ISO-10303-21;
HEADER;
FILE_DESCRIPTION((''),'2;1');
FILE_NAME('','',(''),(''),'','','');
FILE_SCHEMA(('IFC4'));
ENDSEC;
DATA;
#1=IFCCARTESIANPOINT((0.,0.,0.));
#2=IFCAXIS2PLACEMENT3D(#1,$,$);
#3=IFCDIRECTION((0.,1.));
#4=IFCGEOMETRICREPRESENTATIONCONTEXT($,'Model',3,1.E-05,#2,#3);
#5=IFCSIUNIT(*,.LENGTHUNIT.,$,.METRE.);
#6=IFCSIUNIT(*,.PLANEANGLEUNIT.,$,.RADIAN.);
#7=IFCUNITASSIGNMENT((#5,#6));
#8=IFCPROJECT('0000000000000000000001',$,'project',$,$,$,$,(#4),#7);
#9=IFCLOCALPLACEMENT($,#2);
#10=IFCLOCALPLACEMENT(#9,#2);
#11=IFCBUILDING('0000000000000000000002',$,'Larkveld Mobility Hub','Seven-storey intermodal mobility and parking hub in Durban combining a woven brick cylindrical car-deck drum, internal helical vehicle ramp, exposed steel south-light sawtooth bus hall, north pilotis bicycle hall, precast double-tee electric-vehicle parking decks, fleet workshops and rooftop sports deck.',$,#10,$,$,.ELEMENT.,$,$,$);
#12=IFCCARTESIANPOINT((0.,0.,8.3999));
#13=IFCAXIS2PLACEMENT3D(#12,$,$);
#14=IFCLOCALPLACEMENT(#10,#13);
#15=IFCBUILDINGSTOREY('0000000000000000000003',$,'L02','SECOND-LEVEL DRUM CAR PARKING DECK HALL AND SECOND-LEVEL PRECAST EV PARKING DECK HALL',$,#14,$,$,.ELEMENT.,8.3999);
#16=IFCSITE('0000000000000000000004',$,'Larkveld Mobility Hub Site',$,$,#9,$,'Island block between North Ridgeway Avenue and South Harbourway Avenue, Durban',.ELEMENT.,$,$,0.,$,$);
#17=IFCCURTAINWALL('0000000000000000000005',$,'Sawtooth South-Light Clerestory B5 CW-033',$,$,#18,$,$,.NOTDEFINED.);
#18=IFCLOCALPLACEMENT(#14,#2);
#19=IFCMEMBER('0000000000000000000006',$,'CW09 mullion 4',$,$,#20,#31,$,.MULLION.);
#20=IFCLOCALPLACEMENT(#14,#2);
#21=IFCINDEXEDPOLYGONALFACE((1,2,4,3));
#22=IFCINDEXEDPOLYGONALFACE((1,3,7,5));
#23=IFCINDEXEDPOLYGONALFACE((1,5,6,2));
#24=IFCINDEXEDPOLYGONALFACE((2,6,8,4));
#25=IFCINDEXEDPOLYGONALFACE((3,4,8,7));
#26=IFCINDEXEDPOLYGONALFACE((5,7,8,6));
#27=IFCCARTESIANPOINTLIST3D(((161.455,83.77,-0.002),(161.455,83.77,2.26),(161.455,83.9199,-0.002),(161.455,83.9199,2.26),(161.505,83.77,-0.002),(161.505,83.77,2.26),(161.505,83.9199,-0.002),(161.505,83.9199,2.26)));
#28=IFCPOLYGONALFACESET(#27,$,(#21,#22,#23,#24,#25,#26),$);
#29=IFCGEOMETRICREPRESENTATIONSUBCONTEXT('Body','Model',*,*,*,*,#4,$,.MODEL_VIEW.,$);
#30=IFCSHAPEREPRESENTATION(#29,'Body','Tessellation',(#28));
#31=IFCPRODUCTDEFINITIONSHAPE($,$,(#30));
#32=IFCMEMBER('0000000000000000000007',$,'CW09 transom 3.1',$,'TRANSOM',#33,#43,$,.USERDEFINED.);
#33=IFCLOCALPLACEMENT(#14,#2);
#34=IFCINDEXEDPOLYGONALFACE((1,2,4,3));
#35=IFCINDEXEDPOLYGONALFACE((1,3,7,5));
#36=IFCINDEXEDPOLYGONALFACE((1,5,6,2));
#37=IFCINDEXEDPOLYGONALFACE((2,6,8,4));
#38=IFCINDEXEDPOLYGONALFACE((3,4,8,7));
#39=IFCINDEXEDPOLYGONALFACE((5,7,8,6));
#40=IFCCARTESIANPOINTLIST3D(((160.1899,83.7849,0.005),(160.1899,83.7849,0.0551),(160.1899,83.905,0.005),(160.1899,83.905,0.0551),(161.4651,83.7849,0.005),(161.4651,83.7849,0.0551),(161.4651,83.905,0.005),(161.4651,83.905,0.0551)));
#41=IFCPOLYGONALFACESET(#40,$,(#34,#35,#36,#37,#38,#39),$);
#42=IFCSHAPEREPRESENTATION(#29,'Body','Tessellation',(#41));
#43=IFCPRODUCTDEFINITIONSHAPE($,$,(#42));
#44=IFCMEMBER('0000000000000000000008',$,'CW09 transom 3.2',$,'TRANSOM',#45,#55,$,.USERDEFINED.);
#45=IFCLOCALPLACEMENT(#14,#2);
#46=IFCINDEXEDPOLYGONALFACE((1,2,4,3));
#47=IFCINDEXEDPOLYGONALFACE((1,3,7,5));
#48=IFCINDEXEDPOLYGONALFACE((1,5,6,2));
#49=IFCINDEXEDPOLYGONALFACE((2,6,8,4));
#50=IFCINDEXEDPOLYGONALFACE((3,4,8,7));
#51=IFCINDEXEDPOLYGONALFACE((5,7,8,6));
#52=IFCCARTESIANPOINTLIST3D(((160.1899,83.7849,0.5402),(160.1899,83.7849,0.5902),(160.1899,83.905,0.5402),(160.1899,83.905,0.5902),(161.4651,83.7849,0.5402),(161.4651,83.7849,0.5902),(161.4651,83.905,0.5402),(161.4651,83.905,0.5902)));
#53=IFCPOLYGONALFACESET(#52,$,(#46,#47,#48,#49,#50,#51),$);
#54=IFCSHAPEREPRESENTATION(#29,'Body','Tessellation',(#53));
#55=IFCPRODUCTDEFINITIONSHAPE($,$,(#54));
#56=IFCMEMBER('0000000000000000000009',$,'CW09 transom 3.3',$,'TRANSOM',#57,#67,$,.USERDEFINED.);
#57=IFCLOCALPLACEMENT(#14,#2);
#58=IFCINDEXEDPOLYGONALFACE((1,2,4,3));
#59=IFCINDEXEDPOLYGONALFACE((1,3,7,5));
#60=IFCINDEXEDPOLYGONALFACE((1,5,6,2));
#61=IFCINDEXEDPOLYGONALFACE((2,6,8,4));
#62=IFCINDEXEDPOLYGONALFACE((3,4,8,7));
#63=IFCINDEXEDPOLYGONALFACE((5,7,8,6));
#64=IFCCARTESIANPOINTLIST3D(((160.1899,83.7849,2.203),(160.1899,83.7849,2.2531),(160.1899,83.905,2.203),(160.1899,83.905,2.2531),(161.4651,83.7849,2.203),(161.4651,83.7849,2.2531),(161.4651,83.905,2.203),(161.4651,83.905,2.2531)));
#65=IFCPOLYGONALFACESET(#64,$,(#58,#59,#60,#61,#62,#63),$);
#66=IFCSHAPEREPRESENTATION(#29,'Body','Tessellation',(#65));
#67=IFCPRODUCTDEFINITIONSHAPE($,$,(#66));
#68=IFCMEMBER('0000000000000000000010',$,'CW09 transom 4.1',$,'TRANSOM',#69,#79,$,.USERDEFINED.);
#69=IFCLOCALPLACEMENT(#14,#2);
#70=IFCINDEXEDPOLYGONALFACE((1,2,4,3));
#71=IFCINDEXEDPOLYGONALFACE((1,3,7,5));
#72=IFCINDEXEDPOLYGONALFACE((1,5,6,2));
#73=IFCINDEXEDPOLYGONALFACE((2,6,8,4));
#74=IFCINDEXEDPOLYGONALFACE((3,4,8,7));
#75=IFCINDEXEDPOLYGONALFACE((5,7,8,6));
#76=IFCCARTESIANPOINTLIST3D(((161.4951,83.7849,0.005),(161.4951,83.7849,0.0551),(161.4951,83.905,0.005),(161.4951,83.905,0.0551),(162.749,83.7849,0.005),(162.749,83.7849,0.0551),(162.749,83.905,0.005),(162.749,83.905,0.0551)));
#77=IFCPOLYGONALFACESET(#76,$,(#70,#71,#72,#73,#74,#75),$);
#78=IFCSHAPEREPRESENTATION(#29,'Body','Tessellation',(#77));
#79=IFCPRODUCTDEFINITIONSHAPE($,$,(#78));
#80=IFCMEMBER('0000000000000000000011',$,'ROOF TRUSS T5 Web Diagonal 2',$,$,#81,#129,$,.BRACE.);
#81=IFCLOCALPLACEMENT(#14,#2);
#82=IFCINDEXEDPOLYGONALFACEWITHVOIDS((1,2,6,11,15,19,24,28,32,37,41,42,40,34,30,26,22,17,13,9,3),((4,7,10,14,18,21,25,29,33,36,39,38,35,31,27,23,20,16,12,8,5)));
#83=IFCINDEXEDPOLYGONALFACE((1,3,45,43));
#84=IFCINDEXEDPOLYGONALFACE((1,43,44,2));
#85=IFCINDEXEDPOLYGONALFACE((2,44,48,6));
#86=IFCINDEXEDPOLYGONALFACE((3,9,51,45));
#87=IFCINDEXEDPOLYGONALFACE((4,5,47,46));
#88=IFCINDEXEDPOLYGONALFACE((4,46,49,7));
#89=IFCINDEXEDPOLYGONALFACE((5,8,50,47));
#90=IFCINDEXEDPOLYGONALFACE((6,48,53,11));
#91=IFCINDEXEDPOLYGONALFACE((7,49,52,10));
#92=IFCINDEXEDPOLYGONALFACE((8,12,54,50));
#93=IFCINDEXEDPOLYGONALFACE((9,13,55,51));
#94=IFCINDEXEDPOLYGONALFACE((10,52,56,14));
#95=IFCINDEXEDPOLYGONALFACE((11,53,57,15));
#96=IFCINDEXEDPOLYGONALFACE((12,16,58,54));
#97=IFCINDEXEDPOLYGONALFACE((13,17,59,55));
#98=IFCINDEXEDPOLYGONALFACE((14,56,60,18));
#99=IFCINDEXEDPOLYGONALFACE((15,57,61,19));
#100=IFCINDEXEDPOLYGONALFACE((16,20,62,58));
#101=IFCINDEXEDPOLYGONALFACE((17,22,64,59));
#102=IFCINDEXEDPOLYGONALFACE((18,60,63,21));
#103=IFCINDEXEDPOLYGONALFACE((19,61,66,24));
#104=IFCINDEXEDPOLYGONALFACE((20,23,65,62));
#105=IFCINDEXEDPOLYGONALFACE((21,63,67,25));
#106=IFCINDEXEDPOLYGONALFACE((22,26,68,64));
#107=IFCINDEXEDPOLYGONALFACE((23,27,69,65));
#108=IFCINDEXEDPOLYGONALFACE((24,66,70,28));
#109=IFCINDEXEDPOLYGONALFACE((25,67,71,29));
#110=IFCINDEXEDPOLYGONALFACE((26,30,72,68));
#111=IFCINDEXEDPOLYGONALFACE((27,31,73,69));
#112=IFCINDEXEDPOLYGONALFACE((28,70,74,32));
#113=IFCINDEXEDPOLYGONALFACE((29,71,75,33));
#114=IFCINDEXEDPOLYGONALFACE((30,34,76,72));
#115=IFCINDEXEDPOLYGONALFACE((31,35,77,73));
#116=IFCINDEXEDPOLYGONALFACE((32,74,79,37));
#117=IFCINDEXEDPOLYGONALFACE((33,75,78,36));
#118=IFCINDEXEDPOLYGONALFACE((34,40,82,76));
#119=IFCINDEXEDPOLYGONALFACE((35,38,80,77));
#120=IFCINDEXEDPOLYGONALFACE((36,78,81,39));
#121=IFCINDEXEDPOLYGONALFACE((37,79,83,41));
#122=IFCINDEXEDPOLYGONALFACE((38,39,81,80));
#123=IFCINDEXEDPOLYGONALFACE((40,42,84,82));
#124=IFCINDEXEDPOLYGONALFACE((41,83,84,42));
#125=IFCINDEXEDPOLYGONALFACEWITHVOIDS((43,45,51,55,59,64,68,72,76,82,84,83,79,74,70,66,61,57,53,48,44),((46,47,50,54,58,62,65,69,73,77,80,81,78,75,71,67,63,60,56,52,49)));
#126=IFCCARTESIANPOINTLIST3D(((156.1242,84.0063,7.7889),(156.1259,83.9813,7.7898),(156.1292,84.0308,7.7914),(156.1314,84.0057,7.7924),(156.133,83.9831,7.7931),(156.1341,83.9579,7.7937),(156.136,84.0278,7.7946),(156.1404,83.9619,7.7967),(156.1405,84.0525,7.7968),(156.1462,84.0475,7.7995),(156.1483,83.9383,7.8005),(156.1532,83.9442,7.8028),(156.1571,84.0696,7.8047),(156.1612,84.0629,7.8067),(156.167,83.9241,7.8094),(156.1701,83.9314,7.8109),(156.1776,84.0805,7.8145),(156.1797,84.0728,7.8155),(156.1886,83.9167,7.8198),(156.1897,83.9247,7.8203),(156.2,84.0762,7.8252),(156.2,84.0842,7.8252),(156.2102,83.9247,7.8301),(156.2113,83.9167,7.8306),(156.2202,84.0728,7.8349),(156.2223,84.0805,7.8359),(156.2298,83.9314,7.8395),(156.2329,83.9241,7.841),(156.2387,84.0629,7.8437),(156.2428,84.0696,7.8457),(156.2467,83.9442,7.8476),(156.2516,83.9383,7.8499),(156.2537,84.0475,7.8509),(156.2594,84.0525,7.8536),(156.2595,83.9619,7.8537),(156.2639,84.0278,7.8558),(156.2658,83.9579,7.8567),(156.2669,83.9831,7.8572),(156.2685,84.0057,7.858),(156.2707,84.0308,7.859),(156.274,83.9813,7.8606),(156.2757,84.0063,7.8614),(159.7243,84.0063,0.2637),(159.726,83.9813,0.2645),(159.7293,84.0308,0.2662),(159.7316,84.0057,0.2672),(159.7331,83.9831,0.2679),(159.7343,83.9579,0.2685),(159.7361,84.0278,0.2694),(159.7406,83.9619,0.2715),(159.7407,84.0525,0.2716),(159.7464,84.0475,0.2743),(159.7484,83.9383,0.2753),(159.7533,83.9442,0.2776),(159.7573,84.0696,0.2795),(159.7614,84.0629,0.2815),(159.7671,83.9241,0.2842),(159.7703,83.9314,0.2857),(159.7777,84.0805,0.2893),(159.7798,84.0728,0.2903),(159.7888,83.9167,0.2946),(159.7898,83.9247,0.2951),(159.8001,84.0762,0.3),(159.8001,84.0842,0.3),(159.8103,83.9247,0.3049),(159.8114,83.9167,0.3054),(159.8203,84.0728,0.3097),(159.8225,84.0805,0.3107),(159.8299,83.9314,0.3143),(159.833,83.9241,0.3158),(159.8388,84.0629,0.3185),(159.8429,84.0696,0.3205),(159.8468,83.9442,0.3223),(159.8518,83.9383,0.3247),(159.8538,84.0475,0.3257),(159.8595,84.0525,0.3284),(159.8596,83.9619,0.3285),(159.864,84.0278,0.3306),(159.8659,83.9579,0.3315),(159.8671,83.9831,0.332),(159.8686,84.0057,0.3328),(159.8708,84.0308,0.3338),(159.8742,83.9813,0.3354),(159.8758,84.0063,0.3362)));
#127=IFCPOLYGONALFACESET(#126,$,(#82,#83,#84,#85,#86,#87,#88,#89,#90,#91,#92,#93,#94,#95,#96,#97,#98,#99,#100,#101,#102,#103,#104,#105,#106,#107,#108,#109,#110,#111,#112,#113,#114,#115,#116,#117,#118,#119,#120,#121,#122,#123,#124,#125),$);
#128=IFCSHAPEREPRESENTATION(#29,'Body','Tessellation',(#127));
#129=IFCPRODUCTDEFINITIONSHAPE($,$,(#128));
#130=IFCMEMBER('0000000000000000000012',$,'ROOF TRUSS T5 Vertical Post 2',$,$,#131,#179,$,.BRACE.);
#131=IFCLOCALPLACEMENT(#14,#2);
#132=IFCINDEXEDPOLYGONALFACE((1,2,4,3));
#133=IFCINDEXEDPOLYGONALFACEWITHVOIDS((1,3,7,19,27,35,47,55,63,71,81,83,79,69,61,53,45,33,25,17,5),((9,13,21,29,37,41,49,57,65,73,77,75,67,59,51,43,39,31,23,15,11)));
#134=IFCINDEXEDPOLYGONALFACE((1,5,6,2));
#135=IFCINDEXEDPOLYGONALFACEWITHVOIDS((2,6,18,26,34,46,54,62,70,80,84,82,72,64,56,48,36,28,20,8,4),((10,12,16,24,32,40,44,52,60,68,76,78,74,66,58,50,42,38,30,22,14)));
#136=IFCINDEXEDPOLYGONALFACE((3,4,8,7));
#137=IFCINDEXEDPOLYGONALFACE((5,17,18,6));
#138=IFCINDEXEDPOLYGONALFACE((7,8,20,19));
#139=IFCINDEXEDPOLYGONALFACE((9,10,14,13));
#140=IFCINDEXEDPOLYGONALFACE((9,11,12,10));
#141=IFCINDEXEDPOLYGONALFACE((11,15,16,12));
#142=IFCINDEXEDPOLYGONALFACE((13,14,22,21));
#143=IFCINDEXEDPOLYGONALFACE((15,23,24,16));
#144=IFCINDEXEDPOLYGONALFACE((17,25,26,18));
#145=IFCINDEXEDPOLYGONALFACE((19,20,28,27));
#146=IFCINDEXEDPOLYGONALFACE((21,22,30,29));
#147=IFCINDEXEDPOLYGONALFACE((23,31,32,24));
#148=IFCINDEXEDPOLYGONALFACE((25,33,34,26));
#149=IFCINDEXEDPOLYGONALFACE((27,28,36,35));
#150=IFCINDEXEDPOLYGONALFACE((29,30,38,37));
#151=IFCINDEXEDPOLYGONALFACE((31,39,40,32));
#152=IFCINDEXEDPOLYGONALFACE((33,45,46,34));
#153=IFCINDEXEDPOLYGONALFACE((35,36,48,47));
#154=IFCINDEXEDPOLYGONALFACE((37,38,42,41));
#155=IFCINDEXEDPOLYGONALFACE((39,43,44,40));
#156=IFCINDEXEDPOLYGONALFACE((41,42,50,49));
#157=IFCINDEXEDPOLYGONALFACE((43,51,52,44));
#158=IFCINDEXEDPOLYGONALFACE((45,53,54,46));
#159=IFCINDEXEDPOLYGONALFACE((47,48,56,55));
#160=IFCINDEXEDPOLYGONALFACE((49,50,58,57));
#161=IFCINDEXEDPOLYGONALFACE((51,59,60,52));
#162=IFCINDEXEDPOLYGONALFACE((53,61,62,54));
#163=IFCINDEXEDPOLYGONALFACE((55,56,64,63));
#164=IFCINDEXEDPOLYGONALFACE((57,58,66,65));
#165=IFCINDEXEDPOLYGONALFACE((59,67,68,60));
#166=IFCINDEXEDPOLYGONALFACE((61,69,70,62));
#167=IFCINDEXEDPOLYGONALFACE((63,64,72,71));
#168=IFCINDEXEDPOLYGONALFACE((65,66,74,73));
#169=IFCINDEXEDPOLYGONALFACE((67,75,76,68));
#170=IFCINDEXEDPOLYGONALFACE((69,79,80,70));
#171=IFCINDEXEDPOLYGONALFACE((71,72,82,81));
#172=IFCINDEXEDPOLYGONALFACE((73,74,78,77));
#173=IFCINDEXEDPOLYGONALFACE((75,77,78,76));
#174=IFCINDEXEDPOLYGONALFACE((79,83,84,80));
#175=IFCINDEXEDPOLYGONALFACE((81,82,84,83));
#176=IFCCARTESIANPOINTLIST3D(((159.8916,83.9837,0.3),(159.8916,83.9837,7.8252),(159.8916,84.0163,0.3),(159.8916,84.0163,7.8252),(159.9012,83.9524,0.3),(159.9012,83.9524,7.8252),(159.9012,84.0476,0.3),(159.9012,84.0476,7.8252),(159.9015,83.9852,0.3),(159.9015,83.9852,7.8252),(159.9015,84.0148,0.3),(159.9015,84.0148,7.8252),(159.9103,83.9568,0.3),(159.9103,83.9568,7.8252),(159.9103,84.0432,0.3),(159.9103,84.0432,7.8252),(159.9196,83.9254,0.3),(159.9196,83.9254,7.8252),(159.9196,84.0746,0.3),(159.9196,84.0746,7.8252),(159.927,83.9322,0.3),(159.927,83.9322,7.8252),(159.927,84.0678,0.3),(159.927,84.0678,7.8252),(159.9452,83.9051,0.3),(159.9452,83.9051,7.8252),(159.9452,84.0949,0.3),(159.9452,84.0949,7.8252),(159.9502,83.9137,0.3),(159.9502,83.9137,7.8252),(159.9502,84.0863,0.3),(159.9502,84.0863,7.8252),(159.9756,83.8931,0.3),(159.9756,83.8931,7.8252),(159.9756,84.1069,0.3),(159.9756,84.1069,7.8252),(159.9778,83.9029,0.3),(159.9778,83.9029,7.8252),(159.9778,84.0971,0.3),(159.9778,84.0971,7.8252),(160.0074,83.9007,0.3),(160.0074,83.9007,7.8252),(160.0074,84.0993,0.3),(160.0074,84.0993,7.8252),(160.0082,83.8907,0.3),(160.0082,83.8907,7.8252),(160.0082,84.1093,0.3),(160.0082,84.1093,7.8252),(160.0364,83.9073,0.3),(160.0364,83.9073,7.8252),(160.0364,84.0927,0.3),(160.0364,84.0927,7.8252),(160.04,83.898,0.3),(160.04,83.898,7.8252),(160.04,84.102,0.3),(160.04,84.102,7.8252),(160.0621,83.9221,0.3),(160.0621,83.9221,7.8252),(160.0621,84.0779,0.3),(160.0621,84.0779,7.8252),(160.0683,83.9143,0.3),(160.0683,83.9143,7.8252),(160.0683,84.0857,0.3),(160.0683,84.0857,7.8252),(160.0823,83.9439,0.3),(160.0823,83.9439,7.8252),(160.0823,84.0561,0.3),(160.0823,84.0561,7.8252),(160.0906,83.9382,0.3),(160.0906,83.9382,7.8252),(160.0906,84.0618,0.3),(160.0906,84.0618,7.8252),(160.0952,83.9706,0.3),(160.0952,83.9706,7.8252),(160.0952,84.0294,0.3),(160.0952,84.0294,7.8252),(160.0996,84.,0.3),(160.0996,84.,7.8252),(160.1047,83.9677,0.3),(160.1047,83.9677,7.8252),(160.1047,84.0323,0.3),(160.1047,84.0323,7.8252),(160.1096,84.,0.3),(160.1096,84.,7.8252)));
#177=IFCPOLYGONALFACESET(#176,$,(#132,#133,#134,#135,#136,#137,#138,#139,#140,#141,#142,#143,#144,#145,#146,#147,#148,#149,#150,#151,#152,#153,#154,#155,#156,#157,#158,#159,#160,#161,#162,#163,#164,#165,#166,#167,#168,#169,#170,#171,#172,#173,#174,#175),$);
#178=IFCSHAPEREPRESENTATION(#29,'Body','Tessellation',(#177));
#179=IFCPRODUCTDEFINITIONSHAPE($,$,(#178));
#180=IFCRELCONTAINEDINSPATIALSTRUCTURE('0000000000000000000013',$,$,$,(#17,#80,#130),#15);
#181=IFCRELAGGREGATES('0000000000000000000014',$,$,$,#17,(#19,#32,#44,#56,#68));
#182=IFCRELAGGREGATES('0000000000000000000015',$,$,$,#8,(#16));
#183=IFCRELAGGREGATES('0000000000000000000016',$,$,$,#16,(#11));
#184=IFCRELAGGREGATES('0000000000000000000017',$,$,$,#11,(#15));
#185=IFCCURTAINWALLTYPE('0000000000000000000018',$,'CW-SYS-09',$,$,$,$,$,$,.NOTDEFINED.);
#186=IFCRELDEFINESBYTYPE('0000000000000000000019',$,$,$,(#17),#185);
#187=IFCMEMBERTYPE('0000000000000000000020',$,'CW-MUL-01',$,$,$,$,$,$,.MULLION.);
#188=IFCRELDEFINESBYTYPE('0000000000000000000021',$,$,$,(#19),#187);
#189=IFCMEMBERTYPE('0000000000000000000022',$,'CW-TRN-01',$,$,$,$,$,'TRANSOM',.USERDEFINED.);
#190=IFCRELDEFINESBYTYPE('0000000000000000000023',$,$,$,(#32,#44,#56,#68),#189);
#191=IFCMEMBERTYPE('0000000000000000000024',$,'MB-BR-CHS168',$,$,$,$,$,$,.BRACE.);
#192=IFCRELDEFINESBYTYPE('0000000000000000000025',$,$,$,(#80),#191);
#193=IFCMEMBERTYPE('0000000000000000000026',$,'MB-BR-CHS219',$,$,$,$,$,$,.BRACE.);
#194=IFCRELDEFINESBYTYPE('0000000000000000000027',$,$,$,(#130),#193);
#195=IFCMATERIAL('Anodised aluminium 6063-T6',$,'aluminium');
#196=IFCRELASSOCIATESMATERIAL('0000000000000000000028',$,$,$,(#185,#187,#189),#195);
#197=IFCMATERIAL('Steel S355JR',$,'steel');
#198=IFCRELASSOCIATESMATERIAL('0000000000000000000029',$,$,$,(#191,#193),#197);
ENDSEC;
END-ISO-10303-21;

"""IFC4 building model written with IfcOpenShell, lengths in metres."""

from ifc_helpers import new_model, si_unit, direction, frame, origin, origin_2d, place, context, subcontext, project, spatial, rectangle, hollow_circle, extrude, material, material_profile, profile_set, type_object, element, aggregate, save


model = new_model("IFC4")

# Units and contexts
model_context = context("Model", 3, precision=1e-05, world=origin(), true_north=direction((0.0, 1.0)))
body_context = subcontext(model_context, "Body", "Model", "MODEL_VIEW")
ifc_project = project(units=[si_unit("LENGTHUNIT", "METRE"), si_unit("PLANEANGLEUNIT", "RADIAN")], contexts=[model_context])

# Site, building, storey
site_placement = place(None, origin())
site = spatial("IfcSite", under=ifc_project, at=site_placement, Name="Larkveld Mobility Hub Site", LongName="Island block between North Ridgeway Avenue and South Harbourway Avenue, Durban", CompositionType="ELEMENT", RefElevation=0.0)
building_placement = place(site_placement, origin())
building = spatial("IfcBuilding", under=site, at=building_placement, Name="Larkveld Mobility Hub", Description="Seven-storey intermodal mobility and parking hub in Durban combining a woven brick cylindrical car-deck drum, internal helical vehicle ramp, exposed steel south-light sawtooth bus hall, north pilotis bicycle hall, precast double-tee electric-vehicle parking decks, fleet workshops and rooftop sports deck.", CompositionType="ELEMENT")
storey_placement = place(building_placement, frame((0.0, 0.0, 8.3999)))
storey = spatial("IfcBuildingStorey", under=building, at=storey_placement, Name="L02", Description="SECOND-LEVEL DRUM CAR PARKING DECK HALL AND SECOND-LEVEL PRECAST EV PARKING DECK HALL", CompositionType="ELEMENT", Elevation=8.3999)

# Curtain wall, members
ifc_material_1 = material(Name="Anodised aluminium 6063-T6", Category="aluminium")
curtain_wall_type = type_object("IfcCurtainWallType", Name="CW-SYS-09", PredefinedType="NOTDEFINED", material=ifc_material_1)
curtain_wall_placement = place(storey_placement, origin())
curtain_wall = element("IfcCurtainWall", 1, at=curtain_wall_placement, inside=storey, type_object=curtain_wall_type, Name="Sawtooth South-Light Clerestory B5 CW-033", PredefinedType="NOTDEFINED")
ifc_material_profile_1 = material_profile(ifc_material_1, rectangle(XDim=0.05, YDim=0.1499, at=origin_2d()), Name="ALU MULL 50x150")
ifc_profile_set_1 = profile_set([ifc_material_profile_1], Name="Anodised aluminium 6063-T6")
member_type_1 = type_object("IfcMemberType", Name="CW-MUL-01", PredefinedType="MULLION", material=ifc_profile_set_1)
member_1_placement = place(storey_placement, frame((161.48, 83.845, -0.002), z_axis=(0.0, 0.0, 1.0), x_axis=(1.0, 0.0, 0.0)))
member_1 = element("IfcMember", 2, at=member_1_placement, type_object=member_type_1, Name="CW09 mullion 4", PredefinedType="MULLION", context=body_context, shape_type="SweptSolid", body=[
    extrude(rectangle(XDim=0.05, YDim=0.1499, at=origin_2d()), origin(), (0.0, 0.0, 1.0), 2.262),
])
ifc_material_profile_2 = material_profile(ifc_material_1, rectangle(XDim=0.1201, YDim=0.05, at=origin_2d()), Name="ALU TRAN 50x120")
ifc_profile_set_2 = profile_set([ifc_material_profile_2], Name="Anodised aluminium 6063-T6")
member_type_2 = type_object("IfcMemberType", Name="CW-TRN-01", ElementType="TRANSOM", PredefinedType="USERDEFINED", material=ifc_profile_set_2)
member_2_placement = place(storey_placement, frame((160.1899, 83.845, 0.03), z_axis=(1.0, 0.0, 0.0), x_axis=(0.0, 1.0, 0.0)))
member_2 = element("IfcMember", 3, at=member_2_placement, type_object=member_type_2, Name="CW09 transom 3.1", ObjectType="TRANSOM", PredefinedType="USERDEFINED", context=body_context, shape_type="SweptSolid", body=[
    extrude(rectangle(XDim=0.1201, YDim=0.05, at=origin_2d()), origin(), (0.0, 0.0, 1.0), 1.2751),
])
member_3_placement = place(storey_placement, frame((160.1899, 83.845, 0.5652), z_axis=(1.0, 0.0, 0.0), x_axis=(0.0, 1.0, 0.0)))
member_3 = element("IfcMember", 4, at=member_3_placement, type_object=member_type_2, Name="CW09 transom 3.2", ObjectType="TRANSOM", PredefinedType="USERDEFINED", context=body_context, shape_type="SweptSolid", body=[
    extrude(rectangle(XDim=0.1201, YDim=0.05, at=origin_2d()), origin(), (0.0, 0.0, 1.0), 1.2751),
])
member_4_placement = place(storey_placement, frame((160.1899, 83.845, 2.228), z_axis=(1.0, 0.0, 0.0), x_axis=(0.0, 1.0, 0.0)))
member_4 = element("IfcMember", 5, at=member_4_placement, type_object=member_type_2, Name="CW09 transom 3.3", ObjectType="TRANSOM", PredefinedType="USERDEFINED", context=body_context, shape_type="SweptSolid", body=[
    extrude(rectangle(XDim=0.1201, YDim=0.05, at=origin_2d()), origin(), (0.0, 0.0, 1.0), 1.2751),
])
member_5_placement = place(storey_placement, frame((161.4951, 83.845, 0.03), z_axis=(1.0, 0.0, 0.0), x_axis=(0.0, 1.0, 0.0)))
member_5 = element("IfcMember", 6, at=member_5_placement, type_object=member_type_2, Name="CW09 transom 4.1", ObjectType="TRANSOM", PredefinedType="USERDEFINED", context=body_context, shape_type="SweptSolid", body=[
    extrude(rectangle(XDim=0.1201, YDim=0.05, at=origin_2d()), origin(), (0.0, 0.0, 1.0), 1.2539),
])

# Members
ifc_material_2 = material(Name="Steel S355JR", Category="steel")
ifc_material_profile_3 = material_profile(ifc_material_2, hollow_circle(Radius=0.0842, WallThickness=0.0081, at=origin_2d()), Name="CHS 168.3x8")
ifc_profile_set_3 = profile_set([ifc_material_profile_3], Name="Steel S355JR")
member_type_3 = type_object("IfcMemberType", Name="MB-BR-CHS168", PredefinedType="BRACE", material=ifc_profile_set_3)
member_6_placement = place(storey_placement, frame((156.2, 84.0, 7.8252), z_axis=(0.431564, 0.0, -0.902082), x_axis=(0.0, 1.0, 0.0)))
element("IfcMember", 7, at=member_6_placement, inside=storey, type_object=member_type_3, Name="ROOF TRUSS T5 Web Diagonal 2", PredefinedType="BRACE", context=body_context, shape_type="SweptSolid", body=[
    extrude(hollow_circle(Radius=0.0842, WallThickness=0.0081, at=origin_2d()), origin(), (0.0, 0.0, 1.0), 8.342),
])
ifc_material_profile_4 = material_profile(ifc_material_2, hollow_circle(Radius=0.1096, WallThickness=0.01, at=origin_2d()), Name="CHS 219.1x10")
ifc_profile_set_4 = profile_set([ifc_material_profile_4], Name="Steel S355JR")
member_type_4 = type_object("IfcMemberType", Name="MB-BR-CHS219", PredefinedType="BRACE", material=ifc_profile_set_4)
member_7_placement = place(storey_placement, frame((160.0, 84.0, 0.3), z_axis=(0.0, 0.0, 1.0), x_axis=(1.0, 0.0, 0.0)))
element("IfcMember", 8, at=member_7_placement, inside=storey, type_object=member_type_4, Name="ROOF TRUSS T5 Vertical Post 2", PredefinedType="BRACE", context=body_context, shape_type="SweptSolid", body=[
    extrude(hollow_circle(Radius=0.1096, WallThickness=0.01, at=origin_2d()), origin(), (0.0, 0.0, 1.0), 7.5251),
])

aggregate(curtain_wall, [member_1, member_2, member_3, member_4, member_5])

save(model, "model.ifc")
